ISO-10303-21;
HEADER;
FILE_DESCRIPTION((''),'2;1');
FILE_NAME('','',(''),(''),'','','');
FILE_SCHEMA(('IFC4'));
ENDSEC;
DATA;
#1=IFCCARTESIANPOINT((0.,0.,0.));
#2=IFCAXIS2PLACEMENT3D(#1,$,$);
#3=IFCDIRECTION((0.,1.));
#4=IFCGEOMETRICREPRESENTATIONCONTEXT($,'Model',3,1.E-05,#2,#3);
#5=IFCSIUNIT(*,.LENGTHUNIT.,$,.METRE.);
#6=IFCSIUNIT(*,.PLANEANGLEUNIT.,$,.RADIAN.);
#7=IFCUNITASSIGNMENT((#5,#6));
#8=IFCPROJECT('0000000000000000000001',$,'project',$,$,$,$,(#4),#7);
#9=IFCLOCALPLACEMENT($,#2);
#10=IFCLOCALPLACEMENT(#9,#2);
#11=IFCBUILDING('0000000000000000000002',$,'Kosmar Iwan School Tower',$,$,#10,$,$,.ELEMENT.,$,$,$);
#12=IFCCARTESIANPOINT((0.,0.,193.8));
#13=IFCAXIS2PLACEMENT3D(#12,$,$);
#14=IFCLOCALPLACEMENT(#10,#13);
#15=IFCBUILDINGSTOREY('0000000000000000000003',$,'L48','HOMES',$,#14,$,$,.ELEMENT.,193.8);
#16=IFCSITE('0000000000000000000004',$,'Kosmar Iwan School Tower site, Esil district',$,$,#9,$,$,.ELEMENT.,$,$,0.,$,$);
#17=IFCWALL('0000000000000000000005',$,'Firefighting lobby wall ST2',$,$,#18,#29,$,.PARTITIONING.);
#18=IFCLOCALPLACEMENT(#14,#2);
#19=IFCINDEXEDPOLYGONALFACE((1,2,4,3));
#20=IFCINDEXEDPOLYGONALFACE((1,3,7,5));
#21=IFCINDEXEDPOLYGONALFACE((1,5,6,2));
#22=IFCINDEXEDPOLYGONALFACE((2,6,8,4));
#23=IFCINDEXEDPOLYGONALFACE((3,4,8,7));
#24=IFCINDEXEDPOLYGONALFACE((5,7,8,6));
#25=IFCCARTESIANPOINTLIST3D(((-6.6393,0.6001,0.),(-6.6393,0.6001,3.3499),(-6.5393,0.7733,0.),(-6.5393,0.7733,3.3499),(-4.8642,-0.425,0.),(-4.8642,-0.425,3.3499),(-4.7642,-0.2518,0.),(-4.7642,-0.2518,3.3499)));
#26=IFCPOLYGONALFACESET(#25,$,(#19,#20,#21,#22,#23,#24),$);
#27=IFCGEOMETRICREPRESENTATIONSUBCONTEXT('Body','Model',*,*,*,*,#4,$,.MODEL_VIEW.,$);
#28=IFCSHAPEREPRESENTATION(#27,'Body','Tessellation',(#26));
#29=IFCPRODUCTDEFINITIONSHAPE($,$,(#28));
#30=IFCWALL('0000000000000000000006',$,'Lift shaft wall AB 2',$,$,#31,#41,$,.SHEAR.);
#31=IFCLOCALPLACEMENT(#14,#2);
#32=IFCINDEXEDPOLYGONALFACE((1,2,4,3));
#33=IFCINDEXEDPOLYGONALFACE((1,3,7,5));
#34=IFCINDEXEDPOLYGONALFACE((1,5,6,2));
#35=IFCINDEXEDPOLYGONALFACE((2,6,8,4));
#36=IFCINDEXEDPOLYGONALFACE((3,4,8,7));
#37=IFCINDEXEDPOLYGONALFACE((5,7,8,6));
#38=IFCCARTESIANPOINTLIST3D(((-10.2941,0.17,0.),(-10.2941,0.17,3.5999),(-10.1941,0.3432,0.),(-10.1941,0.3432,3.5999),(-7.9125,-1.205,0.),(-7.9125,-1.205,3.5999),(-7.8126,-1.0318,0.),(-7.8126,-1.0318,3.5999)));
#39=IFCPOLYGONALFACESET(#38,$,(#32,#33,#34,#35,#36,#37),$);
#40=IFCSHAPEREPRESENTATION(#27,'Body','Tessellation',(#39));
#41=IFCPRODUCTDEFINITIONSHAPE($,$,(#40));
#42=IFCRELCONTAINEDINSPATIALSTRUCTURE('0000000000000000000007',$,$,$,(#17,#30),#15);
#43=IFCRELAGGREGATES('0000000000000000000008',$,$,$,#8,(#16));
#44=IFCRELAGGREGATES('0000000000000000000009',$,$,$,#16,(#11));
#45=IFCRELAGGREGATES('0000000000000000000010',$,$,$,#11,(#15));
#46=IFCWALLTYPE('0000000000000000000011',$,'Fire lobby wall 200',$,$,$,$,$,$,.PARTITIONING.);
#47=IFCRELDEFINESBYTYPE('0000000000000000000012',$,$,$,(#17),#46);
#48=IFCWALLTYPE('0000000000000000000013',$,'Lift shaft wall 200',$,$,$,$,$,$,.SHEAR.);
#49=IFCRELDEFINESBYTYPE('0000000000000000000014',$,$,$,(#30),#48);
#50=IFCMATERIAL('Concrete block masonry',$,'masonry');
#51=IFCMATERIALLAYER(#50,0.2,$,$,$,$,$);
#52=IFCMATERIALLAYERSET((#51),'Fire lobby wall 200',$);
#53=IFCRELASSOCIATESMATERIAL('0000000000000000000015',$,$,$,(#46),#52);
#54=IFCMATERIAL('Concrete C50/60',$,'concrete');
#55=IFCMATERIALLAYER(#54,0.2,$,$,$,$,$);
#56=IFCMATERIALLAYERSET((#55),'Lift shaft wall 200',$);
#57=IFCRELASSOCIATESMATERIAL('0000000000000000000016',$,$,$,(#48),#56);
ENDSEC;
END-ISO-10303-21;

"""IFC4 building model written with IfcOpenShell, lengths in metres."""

from ifc_helpers import new_model, si_unit, direction, frame, frame_2d, origin, place, context, subcontext, project, spatial, rectangle, extrude, material, layer, layer_set, type_object, element, save


model = new_model("IFC4")

# Units and contexts
model_context = context("Model", 3, precision=1e-05, world=origin(), true_north=direction((0.0, 1.0)))
body_context = subcontext(model_context, "Body", "Model", "MODEL_VIEW")
ifc_project = project(units=[si_unit("LENGTHUNIT", "METRE"), si_unit("PLANEANGLEUNIT", "RADIAN")], contexts=[model_context])

# Site, building, storey
site_placement = place(None, origin())
site = spatial("IfcSite", under=ifc_project, at=site_placement, Name="Kosmar Iwan School Tower site, Esil district", CompositionType="ELEMENT", RefElevation=0.0)
building_placement = place(site_placement, origin())
building = spatial("IfcBuilding", under=site, at=building_placement, Name="Kosmar Iwan School Tower", CompositionType="ELEMENT")
storey_placement = place(building_placement, frame((0.0, 0.0, 193.8)))
storey = spatial("IfcBuildingStorey", under=building, at=storey_placement, Name="L48", Description="HOMES", CompositionType="ELEMENT", Elevation=193.8)

# Walls
ifc_material_1 = material(Name="Concrete block masonry", Category="masonry")
ifc_layer_1 = layer(ifc_material_1, 0.2)
ifc_layer_set_1 = layer_set([ifc_layer_1], Name="Fire lobby wall 200")
wall_type_1 = type_object("IfcWallType", Name="Fire lobby wall 200", PredefinedType="PARTITIONING", material=ifc_layer_set_1)
wall_1_placement = place(storey_placement, frame((-4.8142, -0.3384, 0.0), z_axis=(0.0, 0.0, 1.0), x_axis=(-0.865969, 0.500097, 0.0)))
element("IfcWall", 1, at=wall_1_placement, inside=storey, type_object=wall_type_1, Name="Firefighting lobby wall ST2", PredefinedType="PARTITIONING", context=body_context, shape_type="SweptSolid", body=[
    extrude(rectangle(XDim=2.0498, YDim=0.2, at=frame_2d((1.0249, 0.0))), origin(), (0.0, 0.0, 1.0), 3.3499),
])
ifc_material_2 = material(Name="Concrete C50/60", Category="concrete")
ifc_layer_2 = layer(ifc_material_2, 0.2)
ifc_layer_set_2 = layer_set([ifc_layer_2], Name="Lift shaft wall 200")
wall_type_2 = type_object("IfcWallType", Name="Lift shaft wall 200", PredefinedType="SHEAR", material=ifc_layer_set_2)
wall_2_placement = place(storey_placement, frame((-7.8625, -1.1184, 0.0), z_axis=(0.0, 0.0, 1.0), x_axis=(-0.866027, 0.499997, 0.0)))
element("IfcWall", 2, at=wall_2_placement, inside=storey, type_object=wall_type_2, Name="Lift shaft wall AB 2", PredefinedType="SHEAR", context=body_context, shape_type="SweptSolid", body=[
    extrude(rectangle(XDim=2.75, YDim=0.2, at=frame_2d((1.375, 0.0))), origin(), (0.0, 0.0, 1.0), 3.5999),
])

save(model, "model.ifc")
